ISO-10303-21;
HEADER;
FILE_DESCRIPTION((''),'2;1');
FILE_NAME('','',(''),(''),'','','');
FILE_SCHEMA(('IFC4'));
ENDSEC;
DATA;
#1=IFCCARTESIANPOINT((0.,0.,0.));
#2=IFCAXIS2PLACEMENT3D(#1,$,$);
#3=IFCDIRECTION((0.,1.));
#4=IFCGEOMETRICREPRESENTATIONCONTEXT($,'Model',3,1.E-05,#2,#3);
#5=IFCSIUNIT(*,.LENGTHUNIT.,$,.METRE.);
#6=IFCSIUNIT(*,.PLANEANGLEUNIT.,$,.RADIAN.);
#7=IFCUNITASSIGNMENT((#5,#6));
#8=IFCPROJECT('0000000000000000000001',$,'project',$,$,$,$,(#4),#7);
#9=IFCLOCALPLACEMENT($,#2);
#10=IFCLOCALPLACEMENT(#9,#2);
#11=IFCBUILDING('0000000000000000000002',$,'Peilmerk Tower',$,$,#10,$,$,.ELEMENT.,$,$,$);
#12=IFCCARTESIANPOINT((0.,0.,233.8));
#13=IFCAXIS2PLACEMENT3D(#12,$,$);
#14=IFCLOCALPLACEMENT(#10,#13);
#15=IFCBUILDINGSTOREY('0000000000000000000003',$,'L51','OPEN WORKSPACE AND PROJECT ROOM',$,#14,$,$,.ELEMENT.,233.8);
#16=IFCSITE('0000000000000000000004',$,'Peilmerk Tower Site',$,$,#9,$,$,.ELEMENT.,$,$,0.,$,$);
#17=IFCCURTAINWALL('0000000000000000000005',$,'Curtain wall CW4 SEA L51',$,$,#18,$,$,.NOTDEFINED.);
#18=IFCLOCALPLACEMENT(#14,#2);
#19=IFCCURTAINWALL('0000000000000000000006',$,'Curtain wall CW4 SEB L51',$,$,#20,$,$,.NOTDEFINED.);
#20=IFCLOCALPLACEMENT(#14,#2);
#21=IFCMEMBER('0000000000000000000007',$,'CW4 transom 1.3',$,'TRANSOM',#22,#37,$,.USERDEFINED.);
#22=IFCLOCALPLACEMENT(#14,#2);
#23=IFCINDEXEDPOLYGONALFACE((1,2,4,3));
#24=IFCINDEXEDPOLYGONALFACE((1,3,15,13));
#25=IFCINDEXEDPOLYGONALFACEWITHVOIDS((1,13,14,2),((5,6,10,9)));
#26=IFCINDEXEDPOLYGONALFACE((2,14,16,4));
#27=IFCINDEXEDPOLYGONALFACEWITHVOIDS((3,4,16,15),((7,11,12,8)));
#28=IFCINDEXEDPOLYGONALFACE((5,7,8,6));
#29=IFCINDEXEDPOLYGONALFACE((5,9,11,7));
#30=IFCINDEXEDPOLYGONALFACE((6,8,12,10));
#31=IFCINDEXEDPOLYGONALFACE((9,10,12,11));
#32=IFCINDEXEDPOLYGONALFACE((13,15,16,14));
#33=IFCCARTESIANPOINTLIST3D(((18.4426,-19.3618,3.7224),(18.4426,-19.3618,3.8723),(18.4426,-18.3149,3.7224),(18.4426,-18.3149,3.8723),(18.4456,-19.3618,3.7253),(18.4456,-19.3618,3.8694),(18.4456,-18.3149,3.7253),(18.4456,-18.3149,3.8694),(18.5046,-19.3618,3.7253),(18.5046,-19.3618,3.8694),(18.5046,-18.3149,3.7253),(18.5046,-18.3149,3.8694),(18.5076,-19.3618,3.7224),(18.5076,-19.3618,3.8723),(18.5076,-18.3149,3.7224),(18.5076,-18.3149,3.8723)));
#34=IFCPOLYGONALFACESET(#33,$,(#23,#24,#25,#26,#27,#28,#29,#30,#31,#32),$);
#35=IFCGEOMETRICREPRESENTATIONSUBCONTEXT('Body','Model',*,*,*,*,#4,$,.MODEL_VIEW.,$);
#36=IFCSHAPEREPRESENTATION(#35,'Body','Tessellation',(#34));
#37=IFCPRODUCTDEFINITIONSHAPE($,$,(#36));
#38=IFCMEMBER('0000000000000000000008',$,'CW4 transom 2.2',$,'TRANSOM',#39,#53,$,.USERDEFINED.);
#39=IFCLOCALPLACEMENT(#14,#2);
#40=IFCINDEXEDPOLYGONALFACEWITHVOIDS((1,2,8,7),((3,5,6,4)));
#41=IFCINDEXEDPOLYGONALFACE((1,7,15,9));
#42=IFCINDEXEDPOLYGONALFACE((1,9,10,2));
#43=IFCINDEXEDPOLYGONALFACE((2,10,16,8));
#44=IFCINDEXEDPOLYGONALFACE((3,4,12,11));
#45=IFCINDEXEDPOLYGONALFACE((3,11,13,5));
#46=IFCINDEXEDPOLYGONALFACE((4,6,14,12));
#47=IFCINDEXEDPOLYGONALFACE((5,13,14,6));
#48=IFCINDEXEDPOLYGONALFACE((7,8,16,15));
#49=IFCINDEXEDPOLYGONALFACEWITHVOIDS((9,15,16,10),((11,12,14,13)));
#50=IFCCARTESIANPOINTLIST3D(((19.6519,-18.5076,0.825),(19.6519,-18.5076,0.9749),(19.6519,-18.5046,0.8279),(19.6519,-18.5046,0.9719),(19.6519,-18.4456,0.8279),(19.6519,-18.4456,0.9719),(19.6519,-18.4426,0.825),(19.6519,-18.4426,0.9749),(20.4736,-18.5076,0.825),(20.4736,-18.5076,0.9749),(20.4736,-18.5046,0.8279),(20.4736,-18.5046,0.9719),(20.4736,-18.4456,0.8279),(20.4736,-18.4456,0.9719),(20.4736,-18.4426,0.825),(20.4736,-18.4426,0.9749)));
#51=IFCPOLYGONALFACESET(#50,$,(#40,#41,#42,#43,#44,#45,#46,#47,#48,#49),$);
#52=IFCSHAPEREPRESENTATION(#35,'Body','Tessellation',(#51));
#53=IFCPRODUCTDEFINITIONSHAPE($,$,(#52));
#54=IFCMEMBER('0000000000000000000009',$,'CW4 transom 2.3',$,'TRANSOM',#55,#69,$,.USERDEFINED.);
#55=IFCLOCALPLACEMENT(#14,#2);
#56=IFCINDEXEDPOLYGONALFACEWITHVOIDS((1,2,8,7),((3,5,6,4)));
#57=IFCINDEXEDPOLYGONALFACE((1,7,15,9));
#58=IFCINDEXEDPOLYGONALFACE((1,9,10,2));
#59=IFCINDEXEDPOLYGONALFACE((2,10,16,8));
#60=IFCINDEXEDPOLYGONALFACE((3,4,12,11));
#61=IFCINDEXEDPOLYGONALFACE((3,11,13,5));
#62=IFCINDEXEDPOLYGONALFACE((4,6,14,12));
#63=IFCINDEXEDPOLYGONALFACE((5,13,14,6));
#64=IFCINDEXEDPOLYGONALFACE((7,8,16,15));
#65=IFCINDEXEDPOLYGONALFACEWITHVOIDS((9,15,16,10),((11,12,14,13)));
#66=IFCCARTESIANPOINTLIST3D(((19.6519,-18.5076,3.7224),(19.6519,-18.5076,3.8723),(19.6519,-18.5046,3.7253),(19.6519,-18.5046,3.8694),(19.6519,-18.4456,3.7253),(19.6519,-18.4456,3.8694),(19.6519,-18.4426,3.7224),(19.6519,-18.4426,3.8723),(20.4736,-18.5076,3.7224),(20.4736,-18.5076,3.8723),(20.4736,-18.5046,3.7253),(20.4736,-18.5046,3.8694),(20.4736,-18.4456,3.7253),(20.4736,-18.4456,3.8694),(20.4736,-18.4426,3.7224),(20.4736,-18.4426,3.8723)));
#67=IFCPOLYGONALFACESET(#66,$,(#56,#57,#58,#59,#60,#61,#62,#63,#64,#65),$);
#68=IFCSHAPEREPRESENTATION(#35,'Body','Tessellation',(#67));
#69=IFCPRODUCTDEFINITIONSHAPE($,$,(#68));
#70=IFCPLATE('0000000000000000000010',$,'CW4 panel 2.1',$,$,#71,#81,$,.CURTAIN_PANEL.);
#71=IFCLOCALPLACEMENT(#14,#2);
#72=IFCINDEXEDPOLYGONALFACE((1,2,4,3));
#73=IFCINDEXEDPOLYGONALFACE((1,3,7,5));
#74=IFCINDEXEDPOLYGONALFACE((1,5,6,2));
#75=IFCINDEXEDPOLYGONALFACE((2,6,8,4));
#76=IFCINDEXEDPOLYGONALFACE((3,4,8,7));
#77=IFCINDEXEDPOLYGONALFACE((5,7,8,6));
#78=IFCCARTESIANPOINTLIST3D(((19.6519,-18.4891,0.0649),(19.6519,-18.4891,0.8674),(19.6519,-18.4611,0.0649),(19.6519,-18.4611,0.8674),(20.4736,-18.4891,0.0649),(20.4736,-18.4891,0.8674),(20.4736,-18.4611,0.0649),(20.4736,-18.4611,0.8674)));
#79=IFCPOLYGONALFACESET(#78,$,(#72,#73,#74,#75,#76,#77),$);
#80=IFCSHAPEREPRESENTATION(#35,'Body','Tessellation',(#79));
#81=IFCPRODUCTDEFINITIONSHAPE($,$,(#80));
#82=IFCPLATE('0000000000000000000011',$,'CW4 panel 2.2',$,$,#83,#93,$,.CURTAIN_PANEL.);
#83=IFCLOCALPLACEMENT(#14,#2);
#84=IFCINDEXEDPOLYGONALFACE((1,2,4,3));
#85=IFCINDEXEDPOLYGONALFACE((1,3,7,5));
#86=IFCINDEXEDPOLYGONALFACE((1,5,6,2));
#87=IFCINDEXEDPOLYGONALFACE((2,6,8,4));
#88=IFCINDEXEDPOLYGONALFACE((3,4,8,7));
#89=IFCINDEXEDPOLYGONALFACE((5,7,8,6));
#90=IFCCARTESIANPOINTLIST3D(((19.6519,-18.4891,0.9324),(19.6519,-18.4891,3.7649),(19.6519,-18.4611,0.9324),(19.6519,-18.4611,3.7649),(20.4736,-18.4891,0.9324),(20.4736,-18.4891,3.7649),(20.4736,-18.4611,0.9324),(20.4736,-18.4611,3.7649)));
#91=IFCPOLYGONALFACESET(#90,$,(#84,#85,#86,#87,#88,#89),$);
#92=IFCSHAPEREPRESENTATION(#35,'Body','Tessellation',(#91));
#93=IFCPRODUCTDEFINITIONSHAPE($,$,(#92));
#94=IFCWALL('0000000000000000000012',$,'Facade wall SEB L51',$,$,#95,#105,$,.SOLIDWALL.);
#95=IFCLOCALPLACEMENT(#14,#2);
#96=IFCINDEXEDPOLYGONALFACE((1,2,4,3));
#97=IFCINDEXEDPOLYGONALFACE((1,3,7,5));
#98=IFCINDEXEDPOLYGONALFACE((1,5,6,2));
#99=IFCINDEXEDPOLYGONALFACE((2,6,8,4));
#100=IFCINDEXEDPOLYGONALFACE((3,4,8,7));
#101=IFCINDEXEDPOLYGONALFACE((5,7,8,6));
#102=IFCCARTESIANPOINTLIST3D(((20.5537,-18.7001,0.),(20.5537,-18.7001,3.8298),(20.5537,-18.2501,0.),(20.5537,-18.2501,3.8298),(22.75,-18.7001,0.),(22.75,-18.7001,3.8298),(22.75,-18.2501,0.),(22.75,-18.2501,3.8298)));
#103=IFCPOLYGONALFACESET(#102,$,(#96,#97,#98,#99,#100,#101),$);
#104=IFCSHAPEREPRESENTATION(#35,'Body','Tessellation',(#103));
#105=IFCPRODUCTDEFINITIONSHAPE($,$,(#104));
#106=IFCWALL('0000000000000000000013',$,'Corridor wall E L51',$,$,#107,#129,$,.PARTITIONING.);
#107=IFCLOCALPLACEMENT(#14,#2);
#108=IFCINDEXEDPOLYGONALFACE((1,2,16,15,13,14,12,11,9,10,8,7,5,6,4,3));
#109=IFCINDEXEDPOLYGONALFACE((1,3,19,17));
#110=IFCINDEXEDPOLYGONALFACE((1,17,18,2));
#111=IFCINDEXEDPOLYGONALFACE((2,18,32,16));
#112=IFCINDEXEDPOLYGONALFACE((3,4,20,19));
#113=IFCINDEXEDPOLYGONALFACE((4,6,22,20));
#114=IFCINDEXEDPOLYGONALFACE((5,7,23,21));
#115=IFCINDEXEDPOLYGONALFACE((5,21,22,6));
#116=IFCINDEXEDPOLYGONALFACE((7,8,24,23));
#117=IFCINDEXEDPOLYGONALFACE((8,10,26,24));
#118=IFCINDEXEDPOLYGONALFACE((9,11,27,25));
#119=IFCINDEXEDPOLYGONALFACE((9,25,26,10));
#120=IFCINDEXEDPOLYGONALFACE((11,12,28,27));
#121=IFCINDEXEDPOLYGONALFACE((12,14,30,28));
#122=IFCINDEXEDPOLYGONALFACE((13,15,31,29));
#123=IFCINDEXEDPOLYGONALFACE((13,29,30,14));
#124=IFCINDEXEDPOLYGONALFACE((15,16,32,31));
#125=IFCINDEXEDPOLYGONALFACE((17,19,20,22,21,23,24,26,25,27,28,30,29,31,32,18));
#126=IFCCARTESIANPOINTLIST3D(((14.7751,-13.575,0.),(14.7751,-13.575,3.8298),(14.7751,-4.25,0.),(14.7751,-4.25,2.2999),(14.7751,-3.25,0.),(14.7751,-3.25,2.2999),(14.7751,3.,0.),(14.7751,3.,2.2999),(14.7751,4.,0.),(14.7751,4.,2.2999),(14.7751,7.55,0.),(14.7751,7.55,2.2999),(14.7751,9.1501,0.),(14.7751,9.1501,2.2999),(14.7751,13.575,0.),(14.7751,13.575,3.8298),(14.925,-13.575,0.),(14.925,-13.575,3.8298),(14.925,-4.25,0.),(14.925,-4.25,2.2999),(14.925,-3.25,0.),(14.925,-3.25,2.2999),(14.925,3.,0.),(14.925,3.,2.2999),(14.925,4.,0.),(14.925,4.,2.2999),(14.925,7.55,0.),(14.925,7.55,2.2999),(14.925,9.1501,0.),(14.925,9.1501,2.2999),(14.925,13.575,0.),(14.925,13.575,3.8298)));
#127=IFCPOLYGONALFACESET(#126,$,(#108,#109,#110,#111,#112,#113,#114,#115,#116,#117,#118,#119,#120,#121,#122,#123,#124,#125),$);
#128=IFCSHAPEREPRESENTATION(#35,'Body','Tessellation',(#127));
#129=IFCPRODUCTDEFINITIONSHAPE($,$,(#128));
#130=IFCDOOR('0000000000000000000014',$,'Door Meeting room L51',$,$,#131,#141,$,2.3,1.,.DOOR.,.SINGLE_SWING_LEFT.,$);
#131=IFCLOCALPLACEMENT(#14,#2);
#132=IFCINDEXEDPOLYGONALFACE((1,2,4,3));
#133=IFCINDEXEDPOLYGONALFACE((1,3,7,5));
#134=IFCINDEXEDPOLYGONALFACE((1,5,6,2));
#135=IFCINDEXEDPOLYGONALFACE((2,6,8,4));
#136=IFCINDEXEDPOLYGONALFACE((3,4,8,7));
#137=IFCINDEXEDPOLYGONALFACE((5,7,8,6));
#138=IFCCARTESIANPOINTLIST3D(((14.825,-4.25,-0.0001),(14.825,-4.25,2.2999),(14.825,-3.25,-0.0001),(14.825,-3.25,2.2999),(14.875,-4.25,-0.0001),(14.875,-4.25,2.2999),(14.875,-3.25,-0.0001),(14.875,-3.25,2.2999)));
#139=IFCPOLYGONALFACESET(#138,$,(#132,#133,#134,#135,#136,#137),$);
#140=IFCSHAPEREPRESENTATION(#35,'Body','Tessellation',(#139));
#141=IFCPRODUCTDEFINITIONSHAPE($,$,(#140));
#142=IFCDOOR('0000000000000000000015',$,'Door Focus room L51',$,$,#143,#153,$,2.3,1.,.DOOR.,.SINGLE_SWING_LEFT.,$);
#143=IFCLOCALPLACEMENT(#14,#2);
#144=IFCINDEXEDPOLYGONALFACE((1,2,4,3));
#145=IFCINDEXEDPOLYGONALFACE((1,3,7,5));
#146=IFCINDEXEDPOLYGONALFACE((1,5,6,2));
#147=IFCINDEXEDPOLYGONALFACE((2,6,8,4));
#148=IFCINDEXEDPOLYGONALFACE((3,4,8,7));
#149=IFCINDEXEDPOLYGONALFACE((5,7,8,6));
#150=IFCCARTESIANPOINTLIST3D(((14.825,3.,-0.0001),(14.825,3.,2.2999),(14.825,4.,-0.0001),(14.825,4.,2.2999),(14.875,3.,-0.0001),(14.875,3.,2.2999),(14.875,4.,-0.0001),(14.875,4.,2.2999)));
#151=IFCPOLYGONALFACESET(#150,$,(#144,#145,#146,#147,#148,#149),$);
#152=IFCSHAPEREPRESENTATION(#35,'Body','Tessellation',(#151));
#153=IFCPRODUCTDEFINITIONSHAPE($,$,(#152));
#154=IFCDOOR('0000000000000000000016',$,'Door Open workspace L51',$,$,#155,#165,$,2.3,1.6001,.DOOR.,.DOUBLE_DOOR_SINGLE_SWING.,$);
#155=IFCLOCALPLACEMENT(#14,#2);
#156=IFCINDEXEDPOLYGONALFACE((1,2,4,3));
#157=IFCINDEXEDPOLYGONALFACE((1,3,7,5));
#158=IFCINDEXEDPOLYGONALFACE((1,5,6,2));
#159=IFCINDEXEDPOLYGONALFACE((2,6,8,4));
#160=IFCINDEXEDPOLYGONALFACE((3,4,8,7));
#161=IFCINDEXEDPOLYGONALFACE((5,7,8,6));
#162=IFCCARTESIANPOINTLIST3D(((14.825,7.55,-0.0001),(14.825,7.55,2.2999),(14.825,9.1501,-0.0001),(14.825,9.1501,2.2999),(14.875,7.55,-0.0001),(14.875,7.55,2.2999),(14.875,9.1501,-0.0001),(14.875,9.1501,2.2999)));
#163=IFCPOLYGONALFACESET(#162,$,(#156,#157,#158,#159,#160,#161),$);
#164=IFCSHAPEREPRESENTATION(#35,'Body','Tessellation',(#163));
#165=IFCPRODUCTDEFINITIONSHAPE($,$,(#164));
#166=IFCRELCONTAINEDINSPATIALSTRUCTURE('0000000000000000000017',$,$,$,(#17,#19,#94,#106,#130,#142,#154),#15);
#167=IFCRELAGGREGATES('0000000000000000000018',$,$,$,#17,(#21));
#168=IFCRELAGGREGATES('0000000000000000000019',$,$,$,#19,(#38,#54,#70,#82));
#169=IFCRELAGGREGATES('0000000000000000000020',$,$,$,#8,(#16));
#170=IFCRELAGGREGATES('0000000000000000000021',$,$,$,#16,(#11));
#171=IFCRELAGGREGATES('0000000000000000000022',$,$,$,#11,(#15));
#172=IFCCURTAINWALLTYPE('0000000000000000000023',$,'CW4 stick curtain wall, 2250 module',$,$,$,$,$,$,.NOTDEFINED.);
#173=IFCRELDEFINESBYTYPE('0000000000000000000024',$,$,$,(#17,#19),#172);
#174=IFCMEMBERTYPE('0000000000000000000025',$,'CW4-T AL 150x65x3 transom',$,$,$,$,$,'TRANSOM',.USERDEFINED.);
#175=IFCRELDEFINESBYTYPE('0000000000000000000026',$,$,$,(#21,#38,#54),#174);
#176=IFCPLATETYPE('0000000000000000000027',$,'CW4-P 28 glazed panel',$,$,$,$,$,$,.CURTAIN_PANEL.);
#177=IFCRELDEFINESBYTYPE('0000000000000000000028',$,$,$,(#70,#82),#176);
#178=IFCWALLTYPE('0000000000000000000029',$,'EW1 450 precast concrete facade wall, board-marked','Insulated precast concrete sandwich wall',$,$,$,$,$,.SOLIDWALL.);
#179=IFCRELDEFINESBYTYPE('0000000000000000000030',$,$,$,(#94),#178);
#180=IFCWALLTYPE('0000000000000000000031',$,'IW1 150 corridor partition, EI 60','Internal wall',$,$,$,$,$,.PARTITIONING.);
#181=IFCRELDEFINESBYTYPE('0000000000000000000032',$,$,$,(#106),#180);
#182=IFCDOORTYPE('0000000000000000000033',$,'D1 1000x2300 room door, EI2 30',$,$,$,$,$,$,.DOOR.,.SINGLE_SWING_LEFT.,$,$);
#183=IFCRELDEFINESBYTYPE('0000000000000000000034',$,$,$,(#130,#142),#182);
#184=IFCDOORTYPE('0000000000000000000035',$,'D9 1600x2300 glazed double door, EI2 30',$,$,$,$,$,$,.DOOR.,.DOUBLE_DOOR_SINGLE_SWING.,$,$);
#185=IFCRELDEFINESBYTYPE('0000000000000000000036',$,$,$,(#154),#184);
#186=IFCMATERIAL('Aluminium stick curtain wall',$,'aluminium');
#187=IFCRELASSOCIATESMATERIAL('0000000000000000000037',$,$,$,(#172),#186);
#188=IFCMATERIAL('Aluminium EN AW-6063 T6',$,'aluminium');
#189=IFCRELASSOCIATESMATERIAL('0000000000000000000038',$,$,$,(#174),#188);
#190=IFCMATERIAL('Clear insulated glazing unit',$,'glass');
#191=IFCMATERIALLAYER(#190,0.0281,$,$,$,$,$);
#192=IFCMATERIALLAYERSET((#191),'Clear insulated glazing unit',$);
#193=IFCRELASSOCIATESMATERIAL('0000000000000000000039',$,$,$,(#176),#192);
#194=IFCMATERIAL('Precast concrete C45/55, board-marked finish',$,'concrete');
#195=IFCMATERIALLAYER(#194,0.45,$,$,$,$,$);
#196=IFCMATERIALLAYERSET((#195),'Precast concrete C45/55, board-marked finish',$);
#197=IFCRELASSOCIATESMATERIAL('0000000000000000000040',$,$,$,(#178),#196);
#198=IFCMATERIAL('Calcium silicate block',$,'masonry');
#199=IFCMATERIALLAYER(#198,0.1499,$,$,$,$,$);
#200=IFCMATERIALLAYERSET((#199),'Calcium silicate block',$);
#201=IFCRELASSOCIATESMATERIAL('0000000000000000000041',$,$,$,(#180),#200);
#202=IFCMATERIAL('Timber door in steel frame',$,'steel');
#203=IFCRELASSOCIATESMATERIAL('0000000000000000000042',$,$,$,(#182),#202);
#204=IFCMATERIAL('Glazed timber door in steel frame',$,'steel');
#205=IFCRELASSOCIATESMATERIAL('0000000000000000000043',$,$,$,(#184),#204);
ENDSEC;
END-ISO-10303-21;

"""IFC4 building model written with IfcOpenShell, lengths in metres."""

from ifc_helpers import new_model, si_unit, direction, frame, frame_2d, origin, origin_2d, place, context, subcontext, project, spatial, rectangle, hollow_rectangle, extrude, material, layer, layer_set, material_profile, profile_set, type_object, element, fill, aggregate, save


model = new_model("IFC4")

# Units and contexts
model_context = context("Model", 3, precision=1e-05, world=origin(), true_north=direction((0.0, 1.0)))
body_context = subcontext(model_context, "Body", "Model", "MODEL_VIEW")
ifc_project = project(units=[si_unit("LENGTHUNIT", "METRE"), si_unit("PLANEANGLEUNIT", "RADIAN")], contexts=[model_context])

# Site, building, storey
site_placement = place(None, origin())
site = spatial("IfcSite", under=ifc_project, at=site_placement, Name="Peilmerk Tower Site", CompositionType="ELEMENT", RefElevation=0.0)
building_placement = place(site_placement, origin())
building = spatial("IfcBuilding", under=site, at=building_placement, Name="Peilmerk Tower", CompositionType="ELEMENT")
storey_placement = place(building_placement, frame((0.0, 0.0, 233.8)))
storey = spatial("IfcBuildingStorey", under=building, at=storey_placement, Name="L51", Description="OPEN WORKSPACE AND PROJECT ROOM", CompositionType="ELEMENT", Elevation=233.8)

# Curtain walls
ifc_material_1 = material(Name="Aluminium stick curtain wall", Category="aluminium")
curtain_wall_type = type_object("IfcCurtainWallType", Name="CW4 stick curtain wall, 2250 module", PredefinedType="NOTDEFINED", material=ifc_material_1)
curtain_wall_1_placement = place(storey_placement, origin())
curtain_wall_1 = element("IfcCurtainWall", 1, at=curtain_wall_1_placement, inside=storey, type_object=curtain_wall_type, Name="Curtain wall CW4 SEA L51", PredefinedType="NOTDEFINED")
ifc_material_2 = material(Name="Aluminium EN AW-6063 T6", Category="aluminium")
curtain_wall_2_placement = place(storey_placement, origin())
curtain_wall_2 = element("IfcCurtainWall", 2, at=curtain_wall_2_placement, inside=storey, type_object=curtain_wall_type, Name="Curtain wall CW4 SEB L51", PredefinedType="NOTDEFINED")

# Members
ifc_material_profile_1 = material_profile(ifc_material_2, hollow_rectangle(XDim=0.0649, YDim=0.1499, WallThickness=0.0029, at=origin_2d()), Name="AL 150x65x3")
ifc_profile_set_1 = profile_set([ifc_material_profile_1], Name="Aluminium EN AW-6063 T6")
member_type_1 = type_object("IfcMemberType", Name="CW4-T AL 150x65x3 transom", ElementType="TRANSOM", PredefinedType="USERDEFINED", material=ifc_profile_set_1)
member_1_placement = place(storey_placement, frame((18.4751, -18.3149, 3.7974), z_axis=(0.0, -1.0, 0.0), x_axis=(1.0, 0.0, 0.0)))
member_1 = element("IfcMember", 3, at=member_1_placement, type_object=member_type_1, Name="CW4 transom 1.3", ObjectType="TRANSOM", PredefinedType="USERDEFINED", context=body_context, shape_type="SweptSolid", body=[
    extrude(hollow_rectangle(XDim=0.0649, YDim=0.1499, WallThickness=0.0029, at=origin_2d()), origin(), (0.0, 0.0, 1.0), 1.0469),
])
aggregate(curtain_wall_1, [member_1])
member_2_placement = place(storey_placement, frame((19.6519, -18.4751, 0.8999), z_axis=(1.0, 0.0, 0.0), x_axis=(0.0, 1.0, 0.0)))
member_2 = element("IfcMember", 4, at=member_2_placement, type_object=member_type_1, Name="CW4 transom 2.2", ObjectType="TRANSOM", PredefinedType="USERDEFINED", context=body_context, shape_type="SweptSolid", body=[
    extrude(hollow_rectangle(XDim=0.0649, YDim=0.1499, WallThickness=0.0029, at=origin_2d()), origin(), (0.0, 0.0, 1.0), 0.8218),
])
member_3_placement = place(storey_placement, frame((19.6519, -18.4751, 3.7974), z_axis=(1.0, 0.0, 0.0), x_axis=(0.0, 1.0, 0.0)))
member_3 = element("IfcMember", 5, at=member_3_placement, type_object=member_type_1, Name="CW4 transom 2.3", ObjectType="TRANSOM", PredefinedType="USERDEFINED", context=body_context, shape_type="SweptSolid", body=[
    extrude(hollow_rectangle(XDim=0.0649, YDim=0.1499, WallThickness=0.0029, at=origin_2d()), origin(), (0.0, 0.0, 1.0), 0.8218),
])

# Plates
ifc_material_3 = material(Name="Clear insulated glazing unit", Category="glass")
ifc_layer_1 = layer(ifc_material_3, 0.0281)
ifc_layer_set_1 = layer_set([ifc_layer_1], Name="Clear insulated glazing unit")
plate_type = type_object("IfcPlateType", Name="CW4-P 28 glazed panel", PredefinedType="CURTAIN_PANEL", material=ifc_layer_set_1)
plate_1_placement = place(storey_placement, frame((20.0627, -18.4751, 0.0649), z_axis=(0.0, 0.0, 1.0), x_axis=(1.0, 0.0, 0.0)))
plate_1 = element("IfcPlate", 6, at=plate_1_placement, type_object=plate_type, Name="CW4 panel 2.1", PredefinedType="CURTAIN_PANEL", context=body_context, shape_type="SweptSolid", body=[
    extrude(rectangle(XDim=0.8218, YDim=0.0281, at=origin_2d()), origin(), (0.0, 0.0, 1.0), 0.8025),
])
plate_2_placement = place(storey_placement, frame((20.0627, -18.4751, 0.9324), z_axis=(0.0, 0.0, 1.0), x_axis=(1.0, 0.0, 0.0)))
plate_2 = element("IfcPlate", 7, at=plate_2_placement, type_object=plate_type, Name="CW4 panel 2.2", PredefinedType="CURTAIN_PANEL", context=body_context, shape_type="SweptSolid", body=[
    extrude(rectangle(XDim=0.8218, YDim=0.0281, at=origin_2d()), origin(), (0.0, 0.0, 1.0), 2.8325),
])
aggregate(curtain_wall_2, [member_2, member_3, plate_1, plate_2])

# Wall
ifc_material_4 = material(Name="Precast concrete C45/55, board-marked finish", Category="concrete")
ifc_layer_2 = layer(ifc_material_4, 0.45)
ifc_layer_set_2 = layer_set([ifc_layer_2], Name="Precast concrete C45/55, board-marked finish")
wall_type_1 = type_object("IfcWallType", Name="EW1 450 precast concrete facade wall, board-marked", Description="Insulated precast concrete sandwich wall", PredefinedType="SOLIDWALL", material=ifc_layer_set_2)
wall_1_placement = place(storey_placement, frame((20.5537, -18.4751, 0.0), z_axis=(0.0, 0.0, 1.0), x_axis=(1.0, 0.0, 0.0)))
element("IfcWall", 8, at=wall_1_placement, inside=storey, type_object=wall_type_1, Name="Facade wall SEB L51", PredefinedType="SOLIDWALL", context=body_context, shape_type="SweptSolid", body=[
    extrude(rectangle(XDim=2.1963, YDim=0.45, at=frame_2d((1.0981, 0.0))), origin(), (0.0, 0.0, 1.0), 3.8298),
])

# Wall, openings, doors
ifc_material_5 = material(Name="Calcium silicate block", Category="masonry")
ifc_layer_3 = layer(ifc_material_5, 0.1499)
ifc_layer_set_3 = layer_set([ifc_layer_3], Name="Calcium silicate block")
wall_type_2 = type_object("IfcWallType", Name="IW1 150 corridor partition, EI 60", Description="Internal wall", PredefinedType="PARTITIONING", material=ifc_layer_set_3)
wall_2_placement = place(storey_placement, frame((14.8501, -13.575, 0.0), z_axis=(0.0, 0.0, 1.0), x_axis=(0.0, 1.0, 0.0)))
wall_2 = element("IfcWall", 9, at=wall_2_placement, inside=storey, type_object=wall_type_2, Name="Corridor wall E L51", PredefinedType="PARTITIONING", context=body_context, shape_type="SweptSolid", body=[
    extrude(rectangle(XDim=27.1499, YDim=0.1499, at=frame_2d((13.575, 0.0))), origin(), (0.0, 0.0, 1.0), 3.8298),
])
opening_1_placement = place(wall_2_placement, frame((21.125, 0.0, 0.0)))
opening_1 = element("IfcOpeningElement", 10, at=opening_1_placement, cuts=wall_2, PredefinedType="OPENING", context=body_context, shape_type="SweptSolid", body=[
    extrude(rectangle(XDim=1.6001, YDim=2.3, at=frame_2d((0.8, 1.1499))), frame((0.0, 0.085, 0.0), z_axis=(0.0, -1.0, 0.0), x_axis=(1.0, 0.0, 0.0)), (0.0, 0.0, 1.0), 0.1699),
])
opening_2_placement = place(wall_2_placement, frame((9.325, 0.0, 0.0)))
opening_2 = element("IfcOpeningElement", 11, at=opening_2_placement, cuts=wall_2, PredefinedType="OPENING", context=body_context, shape_type="SweptSolid", body=[
    extrude(rectangle(XDim=1.0, YDim=2.3, at=frame_2d((0.5, 1.1499))), frame((0.0, 0.085, 0.0), z_axis=(0.0, -1.0, 0.0), x_axis=(1.0, 0.0, 0.0)), (0.0, 0.0, 1.0), 0.1699),
])
opening_3_placement = place(wall_2_placement, frame((16.575, 0.0, 0.0)))
opening_3 = element("IfcOpeningElement", 12, at=opening_3_placement, cuts=wall_2, PredefinedType="OPENING", context=body_context, shape_type="SweptSolid", body=[
    extrude(rectangle(XDim=1.0, YDim=2.3, at=frame_2d((0.5, 1.1499))), frame((0.0, 0.085, 0.0), z_axis=(0.0, -1.0, 0.0), x_axis=(1.0, 0.0, 0.0)), (0.0, 0.0, 1.0), 0.1699),
])
ifc_material_6 = material(Name="Timber door in steel frame", Category="steel")
door_type_1 = type_object("IfcDoorType", Name="D1 1000x2300 room door, EI2 30", OperationType="SINGLE_SWING_LEFT", PredefinedType="DOOR", material=ifc_material_6)
door_1_placement = place(opening_2_placement, frame((1.0, 0.0, 0.0), z_axis=(0.0, 0.0, 1.0), x_axis=(-1.0, 0.0, 0.0)))
door_1 = element("IfcDoor", 13, at=door_1_placement, inside=storey, type_object=door_type_1, Name="Door Meeting room L51", OperationType="SINGLE_SWING_LEFT", OverallHeight=2.3, OverallWidth=1.0, PredefinedType="DOOR", context=body_context, shape_type="SweptSolid", body=[
    extrude(rectangle(XDim=1.0, YDim=2.3, at=frame_2d((0.5, 1.1499))), frame((0.0, 0.0249, 0.0), z_axis=(0.0, -1.0, 0.0), x_axis=(1.0, 0.0, 0.0)), (0.0, 0.0, 1.0), 0.05),
])
fill(opening_2, door_1)
door_2_placement = place(opening_3_placement, frame((1.0, 0.0, 0.0), z_axis=(0.0, 0.0, 1.0), x_axis=(-1.0, 0.0, 0.0)))
door_2 = element("IfcDoor", 14, at=door_2_placement, inside=storey, type_object=door_type_1, Name="Door Focus room L51", OperationType="SINGLE_SWING_LEFT", OverallHeight=2.3, OverallWidth=1.0, PredefinedType="DOOR", context=body_context, shape_type="SweptSolid", body=[
    extrude(rectangle(XDim=1.0, YDim=2.3, at=frame_2d((0.5, 1.1499))), frame((0.0, 0.0249, 0.0), z_axis=(0.0, -1.0, 0.0), x_axis=(1.0, 0.0, 0.0)), (0.0, 0.0, 1.0), 0.05),
])
fill(opening_3, door_2)
ifc_material_7 = material(Name="Glazed timber door in steel frame", Category="steel")
door_type_2 = type_object("IfcDoorType", Name="D9 1600x2300 glazed double door, EI2 30", OperationType="DOUBLE_DOOR_SINGLE_SWING", PredefinedType="DOOR", material=ifc_material_7)
door_3_placement = place(opening_1_placement, frame((1.6001, 0.0, 0.0), z_axis=(0.0, 0.0, 1.0), x_axis=(-1.0, 0.0, 0.0)))
door_3 = element("IfcDoor", 15, at=door_3_placement, inside=storey, type_object=door_type_2, Name="Door Open workspace L51", OperationType="DOUBLE_DOOR_SINGLE_SWING", OverallHeight=2.3, OverallWidth=1.6001, PredefinedType="DOOR", context=body_context, shape_type="SweptSolid", body=[
    extrude(rectangle(XDim=1.6001, YDim=2.3, at=frame_2d((0.8, 1.1499))), frame((0.0, 0.0249, 0.0), z_axis=(0.0, -1.0, 0.0), x_axis=(1.0, 0.0, 0.0)), (0.0, 0.0, 1.0), 0.05),
])
fill(opening_1, door_3)

save(model, "model.ifc")
